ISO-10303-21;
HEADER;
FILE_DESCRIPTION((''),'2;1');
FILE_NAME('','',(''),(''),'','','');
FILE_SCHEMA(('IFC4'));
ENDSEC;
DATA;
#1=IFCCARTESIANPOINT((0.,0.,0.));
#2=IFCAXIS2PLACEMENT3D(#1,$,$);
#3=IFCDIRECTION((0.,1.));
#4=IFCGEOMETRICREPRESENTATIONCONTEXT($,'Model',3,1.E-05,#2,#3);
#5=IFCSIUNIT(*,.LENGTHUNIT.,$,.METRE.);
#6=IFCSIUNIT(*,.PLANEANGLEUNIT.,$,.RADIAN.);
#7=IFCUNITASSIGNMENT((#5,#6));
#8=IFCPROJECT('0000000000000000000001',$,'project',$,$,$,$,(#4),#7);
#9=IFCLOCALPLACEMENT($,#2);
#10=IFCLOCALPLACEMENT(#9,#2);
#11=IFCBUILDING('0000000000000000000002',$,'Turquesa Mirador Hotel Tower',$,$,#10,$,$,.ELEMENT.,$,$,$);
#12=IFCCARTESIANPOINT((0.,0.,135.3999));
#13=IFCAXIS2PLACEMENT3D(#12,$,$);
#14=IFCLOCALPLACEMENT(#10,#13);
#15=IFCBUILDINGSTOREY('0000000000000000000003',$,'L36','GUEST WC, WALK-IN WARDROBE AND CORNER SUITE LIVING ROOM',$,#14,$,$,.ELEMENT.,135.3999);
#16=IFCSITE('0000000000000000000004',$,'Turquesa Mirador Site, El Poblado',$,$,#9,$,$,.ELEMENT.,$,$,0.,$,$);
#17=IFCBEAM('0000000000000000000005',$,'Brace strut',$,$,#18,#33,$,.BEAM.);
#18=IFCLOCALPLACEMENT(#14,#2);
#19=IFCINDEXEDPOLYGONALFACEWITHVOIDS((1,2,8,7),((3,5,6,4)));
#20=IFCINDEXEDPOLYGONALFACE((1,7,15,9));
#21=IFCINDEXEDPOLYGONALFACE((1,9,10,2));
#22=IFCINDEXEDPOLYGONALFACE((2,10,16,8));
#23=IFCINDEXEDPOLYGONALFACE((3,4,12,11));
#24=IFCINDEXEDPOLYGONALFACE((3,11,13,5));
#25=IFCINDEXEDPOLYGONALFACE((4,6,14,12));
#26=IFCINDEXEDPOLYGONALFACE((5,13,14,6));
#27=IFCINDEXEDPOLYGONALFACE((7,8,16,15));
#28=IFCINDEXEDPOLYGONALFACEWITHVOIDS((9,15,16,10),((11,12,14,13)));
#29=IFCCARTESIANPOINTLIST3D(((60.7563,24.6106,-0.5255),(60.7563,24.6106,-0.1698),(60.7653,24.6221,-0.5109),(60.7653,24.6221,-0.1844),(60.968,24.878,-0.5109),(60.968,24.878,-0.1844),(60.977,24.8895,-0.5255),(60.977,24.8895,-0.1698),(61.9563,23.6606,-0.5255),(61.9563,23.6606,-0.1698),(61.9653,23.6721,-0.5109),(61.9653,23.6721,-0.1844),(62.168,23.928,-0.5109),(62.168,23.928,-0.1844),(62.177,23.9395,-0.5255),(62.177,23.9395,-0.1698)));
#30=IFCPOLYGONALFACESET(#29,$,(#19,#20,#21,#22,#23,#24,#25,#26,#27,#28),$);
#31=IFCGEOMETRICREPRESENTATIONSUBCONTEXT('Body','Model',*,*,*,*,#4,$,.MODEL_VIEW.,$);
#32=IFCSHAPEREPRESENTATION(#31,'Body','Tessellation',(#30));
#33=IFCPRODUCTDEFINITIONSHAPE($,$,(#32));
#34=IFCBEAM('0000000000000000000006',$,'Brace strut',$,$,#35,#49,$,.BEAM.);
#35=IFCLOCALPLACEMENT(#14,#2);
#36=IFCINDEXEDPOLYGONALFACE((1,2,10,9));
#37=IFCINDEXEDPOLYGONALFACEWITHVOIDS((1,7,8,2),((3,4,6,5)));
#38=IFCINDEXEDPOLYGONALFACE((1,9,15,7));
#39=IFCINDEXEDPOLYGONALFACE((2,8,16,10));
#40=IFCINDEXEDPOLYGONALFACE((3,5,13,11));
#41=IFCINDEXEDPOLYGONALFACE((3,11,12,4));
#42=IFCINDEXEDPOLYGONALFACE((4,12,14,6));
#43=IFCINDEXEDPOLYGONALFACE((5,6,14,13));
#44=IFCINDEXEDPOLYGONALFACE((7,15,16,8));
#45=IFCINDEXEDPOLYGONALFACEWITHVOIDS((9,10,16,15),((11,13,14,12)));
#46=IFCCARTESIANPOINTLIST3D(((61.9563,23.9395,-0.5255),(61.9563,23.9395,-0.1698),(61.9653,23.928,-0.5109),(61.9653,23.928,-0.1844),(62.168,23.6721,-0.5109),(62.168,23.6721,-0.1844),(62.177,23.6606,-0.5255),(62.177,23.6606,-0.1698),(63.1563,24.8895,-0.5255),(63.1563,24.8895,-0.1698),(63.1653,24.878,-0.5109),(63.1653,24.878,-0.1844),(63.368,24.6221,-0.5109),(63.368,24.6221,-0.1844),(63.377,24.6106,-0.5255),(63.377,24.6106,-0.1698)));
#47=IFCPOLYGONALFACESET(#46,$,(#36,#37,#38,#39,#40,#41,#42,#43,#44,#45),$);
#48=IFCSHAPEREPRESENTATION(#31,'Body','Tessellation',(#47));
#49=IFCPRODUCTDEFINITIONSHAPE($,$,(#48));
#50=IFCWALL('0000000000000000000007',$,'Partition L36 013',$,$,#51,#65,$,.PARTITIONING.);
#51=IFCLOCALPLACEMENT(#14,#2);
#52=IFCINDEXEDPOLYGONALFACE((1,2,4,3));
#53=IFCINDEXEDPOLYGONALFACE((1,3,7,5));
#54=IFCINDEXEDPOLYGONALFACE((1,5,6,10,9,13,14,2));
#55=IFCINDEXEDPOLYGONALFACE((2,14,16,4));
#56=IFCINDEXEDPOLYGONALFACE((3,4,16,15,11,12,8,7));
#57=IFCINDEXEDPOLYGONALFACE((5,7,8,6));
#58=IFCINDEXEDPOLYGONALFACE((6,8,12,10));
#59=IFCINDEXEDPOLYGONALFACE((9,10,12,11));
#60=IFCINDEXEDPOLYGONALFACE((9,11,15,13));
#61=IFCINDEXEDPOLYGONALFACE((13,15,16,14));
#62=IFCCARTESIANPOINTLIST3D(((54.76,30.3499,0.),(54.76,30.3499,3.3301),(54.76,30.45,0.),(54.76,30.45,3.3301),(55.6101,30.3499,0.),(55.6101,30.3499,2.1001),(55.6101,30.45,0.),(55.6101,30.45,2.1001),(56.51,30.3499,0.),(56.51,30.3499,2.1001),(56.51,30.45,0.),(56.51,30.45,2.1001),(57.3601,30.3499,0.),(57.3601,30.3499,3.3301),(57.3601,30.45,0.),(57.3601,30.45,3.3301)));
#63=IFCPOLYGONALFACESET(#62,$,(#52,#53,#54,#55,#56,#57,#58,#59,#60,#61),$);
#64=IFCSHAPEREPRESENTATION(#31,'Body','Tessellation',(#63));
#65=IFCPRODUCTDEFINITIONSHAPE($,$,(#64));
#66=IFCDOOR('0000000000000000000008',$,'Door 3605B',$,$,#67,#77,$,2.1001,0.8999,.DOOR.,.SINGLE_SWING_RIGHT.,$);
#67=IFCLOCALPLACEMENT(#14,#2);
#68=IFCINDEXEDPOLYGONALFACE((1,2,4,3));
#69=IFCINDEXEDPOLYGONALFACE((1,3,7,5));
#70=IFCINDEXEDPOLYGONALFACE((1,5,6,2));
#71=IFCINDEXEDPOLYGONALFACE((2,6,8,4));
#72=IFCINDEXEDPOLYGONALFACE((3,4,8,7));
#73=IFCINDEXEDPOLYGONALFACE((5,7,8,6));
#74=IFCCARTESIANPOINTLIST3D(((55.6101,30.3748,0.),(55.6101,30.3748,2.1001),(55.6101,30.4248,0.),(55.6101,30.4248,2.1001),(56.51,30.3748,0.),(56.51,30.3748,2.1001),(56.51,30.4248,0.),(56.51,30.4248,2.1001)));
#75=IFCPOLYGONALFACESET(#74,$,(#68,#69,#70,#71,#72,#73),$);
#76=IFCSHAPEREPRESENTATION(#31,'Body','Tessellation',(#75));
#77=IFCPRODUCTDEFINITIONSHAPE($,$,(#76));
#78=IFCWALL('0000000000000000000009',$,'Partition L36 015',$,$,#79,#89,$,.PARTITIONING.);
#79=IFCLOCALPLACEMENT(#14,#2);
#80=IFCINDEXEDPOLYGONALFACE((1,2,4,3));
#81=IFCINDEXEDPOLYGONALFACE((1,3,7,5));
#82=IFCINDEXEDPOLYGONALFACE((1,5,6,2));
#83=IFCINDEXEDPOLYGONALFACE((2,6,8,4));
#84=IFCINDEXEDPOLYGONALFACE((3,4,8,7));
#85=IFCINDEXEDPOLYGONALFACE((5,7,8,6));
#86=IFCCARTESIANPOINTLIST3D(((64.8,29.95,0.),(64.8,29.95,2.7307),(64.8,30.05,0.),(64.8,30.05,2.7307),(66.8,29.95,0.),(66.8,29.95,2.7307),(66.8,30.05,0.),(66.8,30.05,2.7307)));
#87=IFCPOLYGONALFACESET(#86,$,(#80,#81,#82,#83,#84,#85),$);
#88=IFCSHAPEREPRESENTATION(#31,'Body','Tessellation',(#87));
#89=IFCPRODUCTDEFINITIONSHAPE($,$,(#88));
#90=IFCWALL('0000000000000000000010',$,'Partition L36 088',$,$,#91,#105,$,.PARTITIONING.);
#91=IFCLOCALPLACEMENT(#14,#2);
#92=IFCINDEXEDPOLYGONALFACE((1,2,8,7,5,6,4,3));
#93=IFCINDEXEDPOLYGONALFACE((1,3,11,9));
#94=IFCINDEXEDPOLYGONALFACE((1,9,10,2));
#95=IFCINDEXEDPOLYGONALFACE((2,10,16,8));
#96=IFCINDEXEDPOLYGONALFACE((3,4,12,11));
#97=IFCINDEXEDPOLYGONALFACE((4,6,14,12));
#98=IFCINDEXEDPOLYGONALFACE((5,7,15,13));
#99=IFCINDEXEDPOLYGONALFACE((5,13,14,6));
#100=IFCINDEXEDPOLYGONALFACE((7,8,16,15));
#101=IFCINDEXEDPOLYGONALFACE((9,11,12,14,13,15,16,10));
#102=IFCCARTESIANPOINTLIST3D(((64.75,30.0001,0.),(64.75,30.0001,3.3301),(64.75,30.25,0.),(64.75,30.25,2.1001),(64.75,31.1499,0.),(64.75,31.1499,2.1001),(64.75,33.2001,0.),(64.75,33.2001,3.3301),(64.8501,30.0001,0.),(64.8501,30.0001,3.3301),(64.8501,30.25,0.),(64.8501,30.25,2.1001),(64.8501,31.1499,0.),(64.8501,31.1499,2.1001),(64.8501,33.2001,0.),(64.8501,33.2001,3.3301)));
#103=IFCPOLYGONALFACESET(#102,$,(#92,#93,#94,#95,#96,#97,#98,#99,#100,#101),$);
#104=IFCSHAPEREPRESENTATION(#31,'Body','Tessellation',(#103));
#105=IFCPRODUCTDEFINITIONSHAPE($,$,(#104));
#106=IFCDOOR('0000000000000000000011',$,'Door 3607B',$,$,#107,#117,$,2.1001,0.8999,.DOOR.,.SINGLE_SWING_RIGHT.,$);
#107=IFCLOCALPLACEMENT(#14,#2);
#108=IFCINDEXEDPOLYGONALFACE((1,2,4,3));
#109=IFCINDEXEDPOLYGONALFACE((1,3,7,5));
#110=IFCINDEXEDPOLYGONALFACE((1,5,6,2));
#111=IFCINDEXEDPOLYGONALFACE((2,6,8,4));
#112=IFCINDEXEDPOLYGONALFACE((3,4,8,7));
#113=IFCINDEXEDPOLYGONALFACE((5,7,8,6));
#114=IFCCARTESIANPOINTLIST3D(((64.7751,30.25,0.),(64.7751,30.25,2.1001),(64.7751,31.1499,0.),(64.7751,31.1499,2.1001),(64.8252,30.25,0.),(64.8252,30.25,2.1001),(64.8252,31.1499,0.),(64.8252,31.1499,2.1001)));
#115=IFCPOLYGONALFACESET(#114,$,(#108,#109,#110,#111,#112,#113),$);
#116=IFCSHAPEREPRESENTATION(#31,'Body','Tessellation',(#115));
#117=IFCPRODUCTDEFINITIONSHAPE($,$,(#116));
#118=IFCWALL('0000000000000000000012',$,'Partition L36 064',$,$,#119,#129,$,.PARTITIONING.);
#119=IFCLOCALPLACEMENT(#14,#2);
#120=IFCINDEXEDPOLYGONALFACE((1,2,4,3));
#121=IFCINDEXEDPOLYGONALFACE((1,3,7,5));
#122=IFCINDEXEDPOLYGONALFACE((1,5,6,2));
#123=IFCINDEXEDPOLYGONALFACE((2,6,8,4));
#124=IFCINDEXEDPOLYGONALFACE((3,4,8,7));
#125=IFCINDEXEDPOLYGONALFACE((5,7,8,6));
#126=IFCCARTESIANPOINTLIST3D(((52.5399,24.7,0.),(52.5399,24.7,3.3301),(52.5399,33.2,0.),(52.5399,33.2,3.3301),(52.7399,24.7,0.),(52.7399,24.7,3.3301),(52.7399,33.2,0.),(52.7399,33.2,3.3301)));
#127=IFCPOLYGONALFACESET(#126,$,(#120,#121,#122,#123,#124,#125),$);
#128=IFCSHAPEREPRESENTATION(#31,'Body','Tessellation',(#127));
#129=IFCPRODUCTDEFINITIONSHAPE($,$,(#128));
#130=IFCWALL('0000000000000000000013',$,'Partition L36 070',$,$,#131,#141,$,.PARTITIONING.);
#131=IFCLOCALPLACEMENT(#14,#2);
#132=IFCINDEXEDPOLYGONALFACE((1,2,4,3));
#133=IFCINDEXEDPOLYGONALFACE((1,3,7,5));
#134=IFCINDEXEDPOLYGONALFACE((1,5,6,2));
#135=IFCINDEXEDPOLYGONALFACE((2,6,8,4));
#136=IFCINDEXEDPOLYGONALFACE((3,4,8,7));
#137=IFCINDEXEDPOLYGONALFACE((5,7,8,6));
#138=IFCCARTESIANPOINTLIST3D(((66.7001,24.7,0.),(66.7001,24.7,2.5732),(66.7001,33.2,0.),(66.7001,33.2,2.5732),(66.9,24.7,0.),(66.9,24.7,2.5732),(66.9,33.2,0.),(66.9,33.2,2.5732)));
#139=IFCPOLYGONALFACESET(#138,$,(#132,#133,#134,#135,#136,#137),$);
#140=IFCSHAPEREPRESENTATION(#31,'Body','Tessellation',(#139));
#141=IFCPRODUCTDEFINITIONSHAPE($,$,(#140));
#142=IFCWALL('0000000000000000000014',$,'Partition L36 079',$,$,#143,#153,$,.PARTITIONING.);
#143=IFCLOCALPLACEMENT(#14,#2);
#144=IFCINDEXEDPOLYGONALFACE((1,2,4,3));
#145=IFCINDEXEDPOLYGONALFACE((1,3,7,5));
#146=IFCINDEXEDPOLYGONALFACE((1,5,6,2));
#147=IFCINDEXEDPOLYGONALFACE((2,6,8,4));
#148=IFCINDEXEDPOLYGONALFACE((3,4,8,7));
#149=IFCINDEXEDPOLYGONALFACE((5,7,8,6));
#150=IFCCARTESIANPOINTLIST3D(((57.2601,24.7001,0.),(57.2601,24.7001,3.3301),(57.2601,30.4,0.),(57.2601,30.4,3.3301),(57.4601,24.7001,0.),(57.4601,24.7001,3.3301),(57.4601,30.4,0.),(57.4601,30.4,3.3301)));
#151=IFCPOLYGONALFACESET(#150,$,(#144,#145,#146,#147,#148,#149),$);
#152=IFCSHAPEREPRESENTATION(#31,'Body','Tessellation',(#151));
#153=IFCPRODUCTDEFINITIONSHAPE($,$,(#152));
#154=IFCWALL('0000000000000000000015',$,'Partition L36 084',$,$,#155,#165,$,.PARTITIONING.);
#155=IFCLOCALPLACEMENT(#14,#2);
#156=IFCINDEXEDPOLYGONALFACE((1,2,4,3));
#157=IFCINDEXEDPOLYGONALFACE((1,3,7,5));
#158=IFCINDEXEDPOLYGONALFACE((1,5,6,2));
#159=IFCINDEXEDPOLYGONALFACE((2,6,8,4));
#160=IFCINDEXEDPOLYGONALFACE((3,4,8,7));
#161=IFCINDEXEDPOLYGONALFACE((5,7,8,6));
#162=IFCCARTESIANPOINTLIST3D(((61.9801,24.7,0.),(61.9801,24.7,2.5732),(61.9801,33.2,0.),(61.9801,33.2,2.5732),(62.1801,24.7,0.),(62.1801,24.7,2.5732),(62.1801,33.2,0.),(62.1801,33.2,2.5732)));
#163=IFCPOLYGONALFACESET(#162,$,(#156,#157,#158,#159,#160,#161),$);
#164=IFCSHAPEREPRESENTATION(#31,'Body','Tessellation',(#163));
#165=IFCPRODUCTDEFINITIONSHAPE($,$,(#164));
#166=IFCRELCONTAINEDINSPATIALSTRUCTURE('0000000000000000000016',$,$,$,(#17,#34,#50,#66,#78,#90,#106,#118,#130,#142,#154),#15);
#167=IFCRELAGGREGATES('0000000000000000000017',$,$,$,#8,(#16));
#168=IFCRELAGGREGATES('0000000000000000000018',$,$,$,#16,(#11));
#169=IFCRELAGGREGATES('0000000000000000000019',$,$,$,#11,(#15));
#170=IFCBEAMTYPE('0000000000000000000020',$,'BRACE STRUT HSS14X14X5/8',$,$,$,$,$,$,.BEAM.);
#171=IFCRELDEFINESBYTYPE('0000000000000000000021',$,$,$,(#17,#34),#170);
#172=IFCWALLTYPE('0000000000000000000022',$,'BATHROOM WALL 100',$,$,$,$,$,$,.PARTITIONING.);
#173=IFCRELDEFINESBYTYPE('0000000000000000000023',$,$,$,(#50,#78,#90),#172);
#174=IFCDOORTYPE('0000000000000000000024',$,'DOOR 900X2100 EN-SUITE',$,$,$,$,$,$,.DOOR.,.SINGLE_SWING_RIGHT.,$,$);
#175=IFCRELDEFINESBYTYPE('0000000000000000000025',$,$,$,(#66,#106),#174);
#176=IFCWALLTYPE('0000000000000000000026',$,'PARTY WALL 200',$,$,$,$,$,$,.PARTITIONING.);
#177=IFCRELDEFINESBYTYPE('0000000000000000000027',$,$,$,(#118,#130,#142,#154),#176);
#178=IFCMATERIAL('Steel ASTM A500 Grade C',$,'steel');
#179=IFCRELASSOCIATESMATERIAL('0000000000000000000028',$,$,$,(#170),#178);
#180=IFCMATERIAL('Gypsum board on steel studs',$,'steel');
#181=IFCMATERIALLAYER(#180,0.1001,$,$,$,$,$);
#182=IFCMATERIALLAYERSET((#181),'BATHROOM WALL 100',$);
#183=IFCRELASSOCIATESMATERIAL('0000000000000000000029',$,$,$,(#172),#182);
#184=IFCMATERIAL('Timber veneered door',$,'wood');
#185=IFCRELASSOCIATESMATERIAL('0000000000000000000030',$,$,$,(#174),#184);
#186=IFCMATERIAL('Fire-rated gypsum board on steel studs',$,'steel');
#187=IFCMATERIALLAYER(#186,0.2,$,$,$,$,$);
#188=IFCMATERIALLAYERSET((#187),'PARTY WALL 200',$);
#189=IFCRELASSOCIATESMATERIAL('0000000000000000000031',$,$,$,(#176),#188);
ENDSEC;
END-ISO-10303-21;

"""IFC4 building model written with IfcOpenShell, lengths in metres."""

from ifc_helpers import new_model, si_unit, direction, frame, frame_2d, origin, origin_2d, place, context, subcontext, project, spatial, rectangle, hollow_rectangle, extrude, material, layer, layer_set, material_profile, profile_set, type_object, element, fill, save


model = new_model("IFC4")

# Units and contexts
model_context = context("Model", 3, precision=1e-05, world=origin(), true_north=direction((0.0, 1.0)))
body_context = subcontext(model_context, "Body", "Model", "MODEL_VIEW")
ifc_project = project(units=[si_unit("LENGTHUNIT", "METRE"), si_unit("PLANEANGLEUNIT", "RADIAN")], contexts=[model_context])

# Site, building, storey
site_placement = place(None, origin())
site = spatial("IfcSite", under=ifc_project, at=site_placement, Name="Turquesa Mirador Site, El Poblado", CompositionType="ELEMENT", RefElevation=0.0)
building_placement = place(site_placement, origin())
building = spatial("IfcBuilding", under=site, at=building_placement, Name="Turquesa Mirador Hotel Tower", CompositionType="ELEMENT")
storey_placement = place(building_placement, frame((0.0, 0.0, 135.3999)))
storey = spatial("IfcBuildingStorey", under=building, at=storey_placement, Name="L36", Description="GUEST WC, WALK-IN WARDROBE AND CORNER SUITE LIVING ROOM", CompositionType="ELEMENT", Elevation=135.3999)

# Beams
ifc_material_1 = material(Name="Steel ASTM A500 Grade C", Category="steel")
ifc_material_profile_1 = material_profile(ifc_material_1, hollow_rectangle(XDim=0.3557, YDim=0.3557, WallThickness=0.0146, at=origin_2d()), Name="HSS14X14X5/8")
ifc_profile_set_1 = profile_set([ifc_material_profile_1], Name="Steel ASTM A500 Grade C")
beam_type_1 = type_object("IfcBeamType", Name="BRACE STRUT HSS14X14X5/8", PredefinedType="BEAM", material=ifc_profile_set_1)
for number, where, z_axis, x_axis, name in (
    (1, (62.0667, 23.8, -0.3477), (-0.784049, 0.620699, 0.0), (-0.620699, -0.784049, 0.0), "Brace strut"),
    (2, (62.0667, 23.8, -0.3477), (0.784049, 0.620699, 0.0), (-0.620699, 0.784049, 0.0), "Brace strut"),
):
    element("IfcBeam", number, at=place(storey_placement, frame(where, z_axis=z_axis, x_axis=x_axis)), inside=storey, type_object=beam_type_1, Name=name, PredefinedType="BEAM", context=body_context, shape_type="SweptSolid", body=[
        extrude(hollow_rectangle(XDim=0.3557, YDim=0.3557, WallThickness=0.0146, at=origin_2d()), origin(), (0.0, 0.0, 1.0), 1.5305),
    ])

# Wall, opening, door
ifc_material_2 = material(Name="Gypsum board on steel studs", Category="steel")
ifc_layer_1 = layer(ifc_material_2, 0.1001)
ifc_layer_set_1 = layer_set([ifc_layer_1], Name="BATHROOM WALL 100")
wall_type_1 = type_object("IfcWallType", Name="BATHROOM WALL 100", PredefinedType="PARTITIONING", material=ifc_layer_set_1)
wall_1_placement = place(storey_placement, frame((54.76, 30.3999, 0.0), z_axis=(0.0, 0.0, 1.0), x_axis=(1.0, 0.0, 0.0)))
wall_1 = element("IfcWall", 3, at=wall_1_placement, inside=storey, type_object=wall_type_1, Name="Partition L36 013", PredefinedType="PARTITIONING", context=body_context, shape_type="SweptSolid", body=[
    extrude(rectangle(XDim=2.6001, YDim=0.1001, at=frame_2d((1.3, 0.0))), origin(), (0.0, 0.0, 1.0), 3.3301),
])
opening_1_placement = place(wall_1_placement, frame((0.8501, 0.0, 0.0)))
opening_1 = element("IfcOpeningElement", 4, at=opening_1_placement, cuts=wall_1, PredefinedType="OPENING", context=body_context, shape_type="SweptSolid", body=[
    extrude(rectangle(XDim=0.8999, YDim=2.1001, at=frame_2d((0.45, 1.05))), frame((0.0, 0.0601, 0.0), z_axis=(0.0, -1.0, 0.0), x_axis=(1.0, 0.0, 0.0)), (0.0, 0.0, 1.0), 0.1201),
])
ifc_material_3 = material(Name="Timber veneered door", Category="wood")
door_type = type_object("IfcDoorType", Name="DOOR 900X2100 EN-SUITE", OperationType="SINGLE_SWING_RIGHT", PredefinedType="DOOR", material=ifc_material_3)
door_1_placement = place(opening_1_placement, origin())
door_1 = element("IfcDoor", 5, at=door_1_placement, inside=storey, type_object=door_type, Name="Door 3605B", OperationType="SINGLE_SWING_RIGHT", OverallHeight=2.1001, OverallWidth=0.8999, PredefinedType="DOOR", context=body_context, shape_type="SweptSolid", body=[
    extrude(rectangle(XDim=0.8999, YDim=2.1001, at=frame_2d((0.45, 1.05))), frame((0.0, 0.0249, 0.0), z_axis=(0.0, -1.0, 0.0), x_axis=(1.0, 0.0, 0.0)), (0.0, 0.0, 1.0), 0.05),
])
fill(opening_1, door_1)

# Wall
wall_2_placement = place(storey_placement, frame((64.8, 30.0, 0.0), z_axis=(0.0, 0.0, 1.0), x_axis=(1.0, 0.0, 0.0)))
element("IfcWall", 6, at=wall_2_placement, inside=storey, type_object=wall_type_1, Name="Partition L36 015", PredefinedType="PARTITIONING", context=body_context, shape_type="SweptSolid", body=[
    extrude(rectangle(XDim=2.0, YDim=0.1001, at=frame_2d((1.0, 0.0))), origin(), (0.0, 0.0, 1.0), 2.7307),
])

# Wall, opening, door
wall_3_placement = place(storey_placement, frame((64.8, 30.0, 0.0), z_axis=(0.0, 0.0, 1.0), x_axis=(0.0, 1.0, 0.0)))
wall_3 = element("IfcWall", 7, at=wall_3_placement, inside=storey, type_object=wall_type_1, Name="Partition L36 088", PredefinedType="PARTITIONING", context=body_context, shape_type="SweptSolid", body=[
    extrude(rectangle(XDim=3.2, YDim=0.1001, at=frame_2d((1.6001, 0.0))), origin(), (0.0, 0.0, 1.0), 3.3301),
])
opening_2_placement = place(wall_3_placement, frame((0.25, 0.0, 0.0)))
opening_2 = element("IfcOpeningElement", 8, at=opening_2_placement, cuts=wall_3, PredefinedType="OPENING", context=body_context, shape_type="SweptSolid", body=[
    extrude(rectangle(XDim=0.8999, YDim=2.1001, at=frame_2d((0.45, 1.05))), frame((0.0, 0.0601, 0.0), z_axis=(0.0, -1.0, 0.0), x_axis=(1.0, 0.0, 0.0)), (0.0, 0.0, 1.0), 0.1201),
])
door_2_placement = place(opening_2_placement, origin())
door_2 = element("IfcDoor", 9, at=door_2_placement, inside=storey, type_object=door_type, Name="Door 3607B", OperationType="SINGLE_SWING_RIGHT", OverallHeight=2.1001, OverallWidth=0.8999, PredefinedType="DOOR", context=body_context, shape_type="SweptSolid", body=[
    extrude(rectangle(XDim=0.8999, YDim=2.1001, at=frame_2d((0.45, 1.05))), frame((0.0, 0.0249, 0.0), z_axis=(0.0, -1.0, 0.0), x_axis=(1.0, 0.0, 0.0)), (0.0, 0.0, 1.0), 0.05),
])
fill(opening_2, door_2)

# Walls
ifc_material_4 = material(Name="Fire-rated gypsum board on steel studs", Category="steel")
ifc_layer_2 = layer(ifc_material_4, 0.2)
ifc_layer_set_2 = layer_set([ifc_layer_2], Name="PARTY WALL 200")
wall_type_2 = type_object("IfcWallType", Name="PARTY WALL 200", PredefinedType="PARTITIONING", material=ifc_layer_set_2)
wall_4_placement = place(storey_placement, frame((52.6399, 24.7, 0.0), z_axis=(0.0, 0.0, 1.0), x_axis=(0.0, 1.0, 0.0)))
element("IfcWall", 10, at=wall_4_placement, inside=storey, type_object=wall_type_2, Name="Partition L36 064", PredefinedType="PARTITIONING", context=body_context, shape_type="SweptSolid", body=[
    extrude(rectangle(XDim=8.5, YDim=0.2, at=frame_2d((4.25, 0.0))), origin(), (0.0, 0.0, 1.0), 3.3301),
])
wall_5_placement = place(storey_placement, frame((66.8, 24.7, 0.0), z_axis=(0.0, 0.0, 1.0), x_axis=(0.0, 1.0, 0.0)))
element("IfcWall", 11, at=wall_5_placement, inside=storey, type_object=wall_type_2, Name="Partition L36 070", PredefinedType="PARTITIONING", context=body_context, shape_type="SweptSolid", body=[
    extrude(rectangle(XDim=8.5, YDim=0.2, at=frame_2d((4.25, 0.0))), origin(), (0.0, 0.0, 1.0), 2.5732),
])
wall_6_placement = place(storey_placement, frame((57.3601, 24.7, 0.0), z_axis=(0.0, 0.0, 1.0), x_axis=(0.0, 1.0, 0.0)))
element("IfcWall", 12, at=wall_6_placement, inside=storey, type_object=wall_type_2, Name="Partition L36 079", PredefinedType="PARTITIONING", context=body_context, shape_type="SweptSolid", body=[
    extrude(rectangle(XDim=5.7, YDim=0.2, at=frame_2d((2.8501, 0.0))), origin(), (0.0, 0.0, 1.0), 3.3301),
])
wall_7_placement = place(storey_placement, frame((62.0801, 24.7, 0.0), z_axis=(0.0, 0.0, 1.0), x_axis=(0.0, 1.0, 0.0)))
element("IfcWall", 13, at=wall_7_placement, inside=storey, type_object=wall_type_2, Name="Partition L36 084", PredefinedType="PARTITIONING", context=body_context, shape_type="SweptSolid", body=[
    extrude(rectangle(XDim=8.5, YDim=0.2, at=frame_2d((4.25, 0.0))), origin(), (0.0, 0.0, 1.0), 2.5732),
])

save(model, "model.ifc")
